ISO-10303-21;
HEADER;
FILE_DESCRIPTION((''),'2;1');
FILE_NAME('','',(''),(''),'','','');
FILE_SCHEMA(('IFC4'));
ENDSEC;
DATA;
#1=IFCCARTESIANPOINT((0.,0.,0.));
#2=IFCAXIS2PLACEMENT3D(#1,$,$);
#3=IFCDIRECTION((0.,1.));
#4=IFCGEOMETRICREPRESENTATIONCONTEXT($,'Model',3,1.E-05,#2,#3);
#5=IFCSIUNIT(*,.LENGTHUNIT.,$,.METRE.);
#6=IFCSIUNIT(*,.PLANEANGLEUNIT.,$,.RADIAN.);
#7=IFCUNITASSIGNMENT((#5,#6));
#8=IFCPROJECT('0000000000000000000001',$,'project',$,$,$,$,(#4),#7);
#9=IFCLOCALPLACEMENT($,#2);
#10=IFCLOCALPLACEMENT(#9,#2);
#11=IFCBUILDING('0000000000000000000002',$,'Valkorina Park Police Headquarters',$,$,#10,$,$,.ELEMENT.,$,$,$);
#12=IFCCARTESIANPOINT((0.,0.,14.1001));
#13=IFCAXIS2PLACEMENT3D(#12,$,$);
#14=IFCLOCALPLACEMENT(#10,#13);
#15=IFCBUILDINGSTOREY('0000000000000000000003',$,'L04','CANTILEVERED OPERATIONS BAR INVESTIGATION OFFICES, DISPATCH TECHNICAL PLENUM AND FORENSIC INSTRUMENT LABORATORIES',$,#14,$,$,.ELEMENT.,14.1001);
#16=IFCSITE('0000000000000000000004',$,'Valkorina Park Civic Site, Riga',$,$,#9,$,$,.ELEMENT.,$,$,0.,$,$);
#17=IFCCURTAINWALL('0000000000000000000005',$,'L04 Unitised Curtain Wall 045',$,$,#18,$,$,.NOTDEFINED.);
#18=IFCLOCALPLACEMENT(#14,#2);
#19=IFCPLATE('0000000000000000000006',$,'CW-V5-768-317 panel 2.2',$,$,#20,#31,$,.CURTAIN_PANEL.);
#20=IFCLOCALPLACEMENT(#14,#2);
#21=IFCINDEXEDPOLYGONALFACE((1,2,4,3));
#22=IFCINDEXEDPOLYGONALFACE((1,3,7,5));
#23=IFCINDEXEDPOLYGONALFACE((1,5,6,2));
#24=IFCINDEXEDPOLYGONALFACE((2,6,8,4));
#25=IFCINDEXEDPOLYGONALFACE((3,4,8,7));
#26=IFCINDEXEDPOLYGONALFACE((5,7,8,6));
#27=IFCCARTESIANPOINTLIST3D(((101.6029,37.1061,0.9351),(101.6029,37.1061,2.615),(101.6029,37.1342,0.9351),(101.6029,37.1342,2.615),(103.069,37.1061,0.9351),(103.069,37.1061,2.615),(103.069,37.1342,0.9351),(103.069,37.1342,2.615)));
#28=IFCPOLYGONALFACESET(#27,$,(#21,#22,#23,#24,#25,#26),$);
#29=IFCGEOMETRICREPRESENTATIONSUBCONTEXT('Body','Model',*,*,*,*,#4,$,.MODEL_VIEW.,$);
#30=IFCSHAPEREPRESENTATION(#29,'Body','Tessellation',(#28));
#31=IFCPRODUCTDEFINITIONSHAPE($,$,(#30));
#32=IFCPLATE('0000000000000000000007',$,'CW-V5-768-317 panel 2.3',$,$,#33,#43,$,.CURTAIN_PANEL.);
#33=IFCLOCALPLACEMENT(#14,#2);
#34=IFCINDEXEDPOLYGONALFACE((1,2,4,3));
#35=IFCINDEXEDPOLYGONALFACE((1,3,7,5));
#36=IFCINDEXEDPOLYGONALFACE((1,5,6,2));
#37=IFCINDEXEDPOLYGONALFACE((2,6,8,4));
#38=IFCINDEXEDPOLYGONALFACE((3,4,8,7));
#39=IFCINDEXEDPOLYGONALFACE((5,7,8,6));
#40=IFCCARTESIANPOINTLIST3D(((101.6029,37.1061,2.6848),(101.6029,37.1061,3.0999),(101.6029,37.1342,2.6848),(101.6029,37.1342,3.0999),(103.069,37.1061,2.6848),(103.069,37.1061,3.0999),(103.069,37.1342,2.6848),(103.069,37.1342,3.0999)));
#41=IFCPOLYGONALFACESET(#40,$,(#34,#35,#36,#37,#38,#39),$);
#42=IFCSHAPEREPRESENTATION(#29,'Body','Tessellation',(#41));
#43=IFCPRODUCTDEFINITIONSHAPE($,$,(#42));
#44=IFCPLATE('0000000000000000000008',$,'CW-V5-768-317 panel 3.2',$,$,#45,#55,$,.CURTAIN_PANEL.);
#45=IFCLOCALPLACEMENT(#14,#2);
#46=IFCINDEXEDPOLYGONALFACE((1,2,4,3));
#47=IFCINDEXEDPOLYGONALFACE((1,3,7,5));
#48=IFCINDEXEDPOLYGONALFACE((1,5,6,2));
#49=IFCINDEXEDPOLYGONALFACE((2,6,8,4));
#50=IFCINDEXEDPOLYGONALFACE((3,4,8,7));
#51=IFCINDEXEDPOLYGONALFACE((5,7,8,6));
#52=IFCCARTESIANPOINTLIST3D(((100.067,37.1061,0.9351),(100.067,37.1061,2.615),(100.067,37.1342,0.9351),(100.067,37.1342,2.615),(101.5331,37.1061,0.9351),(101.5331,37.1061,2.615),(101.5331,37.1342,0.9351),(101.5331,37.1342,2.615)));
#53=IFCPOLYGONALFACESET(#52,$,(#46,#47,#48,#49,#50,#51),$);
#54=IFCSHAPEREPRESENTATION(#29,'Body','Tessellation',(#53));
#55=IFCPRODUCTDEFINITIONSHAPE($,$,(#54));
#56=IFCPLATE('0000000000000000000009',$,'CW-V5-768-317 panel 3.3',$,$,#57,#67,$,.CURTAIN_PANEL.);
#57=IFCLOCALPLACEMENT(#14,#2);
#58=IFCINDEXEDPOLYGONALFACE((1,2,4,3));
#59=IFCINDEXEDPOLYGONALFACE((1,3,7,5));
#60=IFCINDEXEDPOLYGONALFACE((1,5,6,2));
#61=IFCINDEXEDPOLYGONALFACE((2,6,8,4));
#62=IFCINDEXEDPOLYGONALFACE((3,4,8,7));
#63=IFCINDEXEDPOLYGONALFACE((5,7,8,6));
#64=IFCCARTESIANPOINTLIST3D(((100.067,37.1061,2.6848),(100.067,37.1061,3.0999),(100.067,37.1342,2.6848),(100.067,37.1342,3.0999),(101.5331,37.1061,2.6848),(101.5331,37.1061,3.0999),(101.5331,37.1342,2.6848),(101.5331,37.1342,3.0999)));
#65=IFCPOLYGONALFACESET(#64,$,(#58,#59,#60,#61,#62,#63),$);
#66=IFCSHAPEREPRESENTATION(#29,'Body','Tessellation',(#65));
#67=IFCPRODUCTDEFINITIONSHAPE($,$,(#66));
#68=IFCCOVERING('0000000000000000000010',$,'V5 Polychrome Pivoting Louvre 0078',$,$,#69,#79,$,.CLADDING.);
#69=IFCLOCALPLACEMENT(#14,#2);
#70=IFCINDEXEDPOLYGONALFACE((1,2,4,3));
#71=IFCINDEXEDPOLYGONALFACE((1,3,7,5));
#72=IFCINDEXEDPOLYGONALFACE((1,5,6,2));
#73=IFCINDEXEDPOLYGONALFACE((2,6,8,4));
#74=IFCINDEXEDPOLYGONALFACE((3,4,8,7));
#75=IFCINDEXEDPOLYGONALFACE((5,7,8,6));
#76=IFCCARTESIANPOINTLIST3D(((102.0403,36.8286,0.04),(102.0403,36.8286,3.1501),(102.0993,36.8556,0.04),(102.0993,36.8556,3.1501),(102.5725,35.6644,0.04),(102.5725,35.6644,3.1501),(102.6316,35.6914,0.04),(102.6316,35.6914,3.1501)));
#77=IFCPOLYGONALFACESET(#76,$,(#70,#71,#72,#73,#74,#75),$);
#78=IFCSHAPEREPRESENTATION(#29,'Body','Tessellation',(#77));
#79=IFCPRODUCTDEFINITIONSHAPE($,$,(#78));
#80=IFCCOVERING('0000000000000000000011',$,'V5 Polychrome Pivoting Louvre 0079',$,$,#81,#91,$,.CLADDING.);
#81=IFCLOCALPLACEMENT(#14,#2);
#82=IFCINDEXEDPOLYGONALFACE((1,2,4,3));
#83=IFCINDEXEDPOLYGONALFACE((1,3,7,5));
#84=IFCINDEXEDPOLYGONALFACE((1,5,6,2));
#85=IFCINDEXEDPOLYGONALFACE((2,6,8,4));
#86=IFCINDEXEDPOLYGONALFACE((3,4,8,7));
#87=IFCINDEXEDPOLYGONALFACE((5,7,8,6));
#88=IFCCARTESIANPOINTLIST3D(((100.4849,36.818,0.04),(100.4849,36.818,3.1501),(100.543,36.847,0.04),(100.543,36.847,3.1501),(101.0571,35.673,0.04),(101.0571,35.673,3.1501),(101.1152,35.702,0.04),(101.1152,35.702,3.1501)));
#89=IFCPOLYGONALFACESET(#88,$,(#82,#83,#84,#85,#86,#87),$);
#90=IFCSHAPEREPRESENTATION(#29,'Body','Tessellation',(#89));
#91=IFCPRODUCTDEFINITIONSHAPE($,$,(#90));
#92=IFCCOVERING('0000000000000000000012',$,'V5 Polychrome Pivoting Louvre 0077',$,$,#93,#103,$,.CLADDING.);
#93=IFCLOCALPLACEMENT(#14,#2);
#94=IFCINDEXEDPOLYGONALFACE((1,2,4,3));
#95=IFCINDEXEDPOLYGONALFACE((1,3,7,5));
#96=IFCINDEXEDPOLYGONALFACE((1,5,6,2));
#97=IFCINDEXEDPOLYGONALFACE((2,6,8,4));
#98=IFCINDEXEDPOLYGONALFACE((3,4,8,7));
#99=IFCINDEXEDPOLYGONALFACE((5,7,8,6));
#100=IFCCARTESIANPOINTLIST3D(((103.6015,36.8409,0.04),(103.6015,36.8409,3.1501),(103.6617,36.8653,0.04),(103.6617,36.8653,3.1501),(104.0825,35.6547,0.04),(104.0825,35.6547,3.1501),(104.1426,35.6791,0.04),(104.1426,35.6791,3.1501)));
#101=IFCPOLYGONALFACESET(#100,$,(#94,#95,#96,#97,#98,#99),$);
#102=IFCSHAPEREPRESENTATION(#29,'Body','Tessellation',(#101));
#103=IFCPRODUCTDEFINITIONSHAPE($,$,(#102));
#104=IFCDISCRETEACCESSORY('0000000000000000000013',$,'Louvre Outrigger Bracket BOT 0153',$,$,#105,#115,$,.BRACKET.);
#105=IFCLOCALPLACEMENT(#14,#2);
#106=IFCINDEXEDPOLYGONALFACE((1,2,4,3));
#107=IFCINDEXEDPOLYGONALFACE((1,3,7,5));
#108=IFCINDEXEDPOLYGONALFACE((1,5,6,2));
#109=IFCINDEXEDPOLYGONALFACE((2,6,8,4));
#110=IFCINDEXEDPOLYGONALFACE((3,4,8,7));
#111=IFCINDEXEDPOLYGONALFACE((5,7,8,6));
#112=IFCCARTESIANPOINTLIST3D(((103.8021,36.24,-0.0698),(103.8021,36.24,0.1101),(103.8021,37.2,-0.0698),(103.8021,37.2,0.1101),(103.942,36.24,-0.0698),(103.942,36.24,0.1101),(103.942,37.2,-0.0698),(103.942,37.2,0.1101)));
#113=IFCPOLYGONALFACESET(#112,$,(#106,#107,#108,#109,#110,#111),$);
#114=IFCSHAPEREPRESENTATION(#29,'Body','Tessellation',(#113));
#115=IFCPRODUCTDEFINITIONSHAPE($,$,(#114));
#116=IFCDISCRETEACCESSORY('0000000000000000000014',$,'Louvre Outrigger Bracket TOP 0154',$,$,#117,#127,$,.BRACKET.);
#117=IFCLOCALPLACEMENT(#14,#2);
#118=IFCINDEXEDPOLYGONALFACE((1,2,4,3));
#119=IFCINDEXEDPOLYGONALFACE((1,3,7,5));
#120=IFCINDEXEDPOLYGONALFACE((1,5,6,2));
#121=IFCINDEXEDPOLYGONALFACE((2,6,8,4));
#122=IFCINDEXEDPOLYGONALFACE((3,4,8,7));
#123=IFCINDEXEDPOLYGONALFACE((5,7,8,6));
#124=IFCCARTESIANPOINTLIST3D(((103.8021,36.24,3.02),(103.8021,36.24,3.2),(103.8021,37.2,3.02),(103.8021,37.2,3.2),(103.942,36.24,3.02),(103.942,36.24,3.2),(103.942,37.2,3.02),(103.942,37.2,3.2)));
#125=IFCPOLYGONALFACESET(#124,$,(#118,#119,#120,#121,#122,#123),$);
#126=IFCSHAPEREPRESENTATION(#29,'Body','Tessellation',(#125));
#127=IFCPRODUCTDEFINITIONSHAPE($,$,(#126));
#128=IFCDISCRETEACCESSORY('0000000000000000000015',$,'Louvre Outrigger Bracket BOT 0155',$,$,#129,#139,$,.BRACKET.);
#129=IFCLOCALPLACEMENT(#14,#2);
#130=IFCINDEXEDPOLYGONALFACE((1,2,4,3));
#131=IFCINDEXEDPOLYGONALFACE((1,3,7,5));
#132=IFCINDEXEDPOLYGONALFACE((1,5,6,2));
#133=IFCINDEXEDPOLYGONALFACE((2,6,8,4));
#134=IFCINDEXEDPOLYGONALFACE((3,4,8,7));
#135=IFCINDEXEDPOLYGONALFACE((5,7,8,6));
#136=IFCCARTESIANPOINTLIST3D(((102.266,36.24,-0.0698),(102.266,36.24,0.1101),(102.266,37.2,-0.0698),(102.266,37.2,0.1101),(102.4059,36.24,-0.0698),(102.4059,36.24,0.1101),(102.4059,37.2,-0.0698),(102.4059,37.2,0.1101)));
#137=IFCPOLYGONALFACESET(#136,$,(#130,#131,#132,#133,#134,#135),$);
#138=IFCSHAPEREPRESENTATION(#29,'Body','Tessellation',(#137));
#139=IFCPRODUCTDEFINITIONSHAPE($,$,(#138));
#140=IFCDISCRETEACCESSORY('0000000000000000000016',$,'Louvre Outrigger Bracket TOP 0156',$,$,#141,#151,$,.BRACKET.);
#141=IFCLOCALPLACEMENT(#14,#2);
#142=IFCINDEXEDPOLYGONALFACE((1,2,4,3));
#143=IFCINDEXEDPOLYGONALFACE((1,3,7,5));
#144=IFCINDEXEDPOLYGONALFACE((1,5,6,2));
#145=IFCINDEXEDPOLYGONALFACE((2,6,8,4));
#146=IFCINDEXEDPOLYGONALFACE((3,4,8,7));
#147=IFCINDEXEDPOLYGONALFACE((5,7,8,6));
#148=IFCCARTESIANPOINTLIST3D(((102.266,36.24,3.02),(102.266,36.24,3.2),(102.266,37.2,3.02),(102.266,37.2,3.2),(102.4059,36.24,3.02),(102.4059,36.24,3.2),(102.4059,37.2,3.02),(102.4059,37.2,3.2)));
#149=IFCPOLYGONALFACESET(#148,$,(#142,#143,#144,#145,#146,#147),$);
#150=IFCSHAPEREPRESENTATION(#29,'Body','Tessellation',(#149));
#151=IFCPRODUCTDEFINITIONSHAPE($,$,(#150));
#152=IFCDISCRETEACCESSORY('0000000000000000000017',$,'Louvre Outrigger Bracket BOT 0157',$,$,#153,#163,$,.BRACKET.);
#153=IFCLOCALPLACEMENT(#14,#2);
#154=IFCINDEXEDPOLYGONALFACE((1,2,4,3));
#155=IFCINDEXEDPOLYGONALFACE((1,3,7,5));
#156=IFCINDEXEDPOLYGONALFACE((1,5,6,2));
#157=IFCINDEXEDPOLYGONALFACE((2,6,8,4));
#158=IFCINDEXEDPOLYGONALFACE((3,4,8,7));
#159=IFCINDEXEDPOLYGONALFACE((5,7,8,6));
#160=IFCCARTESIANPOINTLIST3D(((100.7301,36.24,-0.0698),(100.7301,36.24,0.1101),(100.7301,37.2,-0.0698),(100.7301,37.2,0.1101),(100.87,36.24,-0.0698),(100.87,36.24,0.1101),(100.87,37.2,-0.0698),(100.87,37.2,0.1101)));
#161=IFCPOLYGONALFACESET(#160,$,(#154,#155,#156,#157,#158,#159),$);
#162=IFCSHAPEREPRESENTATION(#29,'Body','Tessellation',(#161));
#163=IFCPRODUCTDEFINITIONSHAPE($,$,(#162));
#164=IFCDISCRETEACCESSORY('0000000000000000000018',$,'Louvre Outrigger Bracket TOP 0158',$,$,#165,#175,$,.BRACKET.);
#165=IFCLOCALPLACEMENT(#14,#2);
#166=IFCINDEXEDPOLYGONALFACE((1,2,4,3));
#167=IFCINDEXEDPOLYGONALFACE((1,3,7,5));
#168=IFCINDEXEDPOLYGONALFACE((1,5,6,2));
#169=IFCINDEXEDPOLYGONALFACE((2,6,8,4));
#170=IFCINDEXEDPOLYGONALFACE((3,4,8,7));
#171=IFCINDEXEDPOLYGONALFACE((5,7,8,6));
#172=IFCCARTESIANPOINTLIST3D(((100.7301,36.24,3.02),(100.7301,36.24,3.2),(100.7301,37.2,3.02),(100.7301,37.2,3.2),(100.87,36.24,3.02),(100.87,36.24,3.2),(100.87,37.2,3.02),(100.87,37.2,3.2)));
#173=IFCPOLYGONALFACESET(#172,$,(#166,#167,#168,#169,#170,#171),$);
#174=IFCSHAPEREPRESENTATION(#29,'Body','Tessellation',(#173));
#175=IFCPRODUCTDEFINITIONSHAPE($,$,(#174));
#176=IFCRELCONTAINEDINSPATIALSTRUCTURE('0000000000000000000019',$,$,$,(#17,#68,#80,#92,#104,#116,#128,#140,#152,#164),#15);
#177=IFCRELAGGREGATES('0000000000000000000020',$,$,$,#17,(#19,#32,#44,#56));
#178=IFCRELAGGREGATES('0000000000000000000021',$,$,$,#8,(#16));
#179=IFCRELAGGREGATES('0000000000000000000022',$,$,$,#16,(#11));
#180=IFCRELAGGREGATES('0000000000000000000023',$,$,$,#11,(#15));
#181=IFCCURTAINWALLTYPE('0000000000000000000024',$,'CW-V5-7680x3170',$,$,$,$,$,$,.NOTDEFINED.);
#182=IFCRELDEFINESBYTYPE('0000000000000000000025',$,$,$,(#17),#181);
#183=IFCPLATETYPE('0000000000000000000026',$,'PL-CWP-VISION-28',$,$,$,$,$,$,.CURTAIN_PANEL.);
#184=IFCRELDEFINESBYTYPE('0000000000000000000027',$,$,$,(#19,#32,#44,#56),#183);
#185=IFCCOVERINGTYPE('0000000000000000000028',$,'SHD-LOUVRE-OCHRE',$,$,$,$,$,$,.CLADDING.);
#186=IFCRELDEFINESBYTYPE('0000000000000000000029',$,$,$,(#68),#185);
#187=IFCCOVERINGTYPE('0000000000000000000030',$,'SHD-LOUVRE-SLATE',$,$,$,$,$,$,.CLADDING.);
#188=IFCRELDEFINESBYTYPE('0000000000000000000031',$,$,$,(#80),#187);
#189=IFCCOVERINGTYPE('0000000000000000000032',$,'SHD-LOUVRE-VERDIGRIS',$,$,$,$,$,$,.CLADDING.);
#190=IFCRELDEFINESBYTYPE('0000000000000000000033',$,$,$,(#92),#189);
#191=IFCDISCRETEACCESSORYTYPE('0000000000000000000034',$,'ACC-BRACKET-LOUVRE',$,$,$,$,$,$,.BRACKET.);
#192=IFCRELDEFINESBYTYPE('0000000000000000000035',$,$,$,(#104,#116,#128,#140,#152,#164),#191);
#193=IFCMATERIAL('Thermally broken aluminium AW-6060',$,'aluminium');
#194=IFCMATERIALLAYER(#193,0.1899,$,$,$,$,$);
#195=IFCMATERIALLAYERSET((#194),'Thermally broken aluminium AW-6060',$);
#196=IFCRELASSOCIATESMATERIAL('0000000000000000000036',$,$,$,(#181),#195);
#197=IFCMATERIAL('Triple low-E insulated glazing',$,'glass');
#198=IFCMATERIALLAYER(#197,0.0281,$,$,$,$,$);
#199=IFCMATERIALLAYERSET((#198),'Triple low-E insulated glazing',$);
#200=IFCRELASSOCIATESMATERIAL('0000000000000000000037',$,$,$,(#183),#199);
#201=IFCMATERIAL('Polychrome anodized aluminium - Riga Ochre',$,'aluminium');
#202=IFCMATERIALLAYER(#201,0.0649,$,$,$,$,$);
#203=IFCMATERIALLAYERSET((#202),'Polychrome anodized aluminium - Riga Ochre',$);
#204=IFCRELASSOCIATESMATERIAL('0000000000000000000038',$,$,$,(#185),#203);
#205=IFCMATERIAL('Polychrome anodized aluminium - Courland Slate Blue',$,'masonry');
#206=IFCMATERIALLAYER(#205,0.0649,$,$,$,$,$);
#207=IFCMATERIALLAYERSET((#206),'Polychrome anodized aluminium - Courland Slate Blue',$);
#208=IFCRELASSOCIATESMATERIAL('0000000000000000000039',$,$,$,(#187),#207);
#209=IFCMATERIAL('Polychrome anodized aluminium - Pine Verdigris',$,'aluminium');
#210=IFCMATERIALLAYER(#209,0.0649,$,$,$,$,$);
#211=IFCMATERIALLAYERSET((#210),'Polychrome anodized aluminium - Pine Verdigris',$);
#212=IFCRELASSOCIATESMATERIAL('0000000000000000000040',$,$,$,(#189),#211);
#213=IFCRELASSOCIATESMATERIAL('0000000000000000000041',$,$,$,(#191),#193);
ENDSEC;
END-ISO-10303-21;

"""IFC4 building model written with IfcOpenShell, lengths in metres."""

from ifc_helpers import new_model, si_unit, direction, frame, origin, origin_2d, place, context, subcontext, project, spatial, rectangle, extrude, material, layer, layer_set, type_object, element, aggregate, save


model = new_model("IFC4")

# Units and contexts
model_context = context("Model", 3, precision=1e-05, world=origin(), true_north=direction((0.0, 1.0)))
body_context = subcontext(model_context, "Body", "Model", "MODEL_VIEW")
ifc_project = project(units=[si_unit("LENGTHUNIT", "METRE"), si_unit("PLANEANGLEUNIT", "RADIAN")], contexts=[model_context])

# Site, building, storey
site_placement = place(None, origin())
site = spatial("IfcSite", under=ifc_project, at=site_placement, Name="Valkorina Park Civic Site, Riga", CompositionType="ELEMENT", RefElevation=0.0)
building_placement = place(site_placement, origin())
building = spatial("IfcBuilding", under=site, at=building_placement, Name="Valkorina Park Police Headquarters", CompositionType="ELEMENT")
storey_placement = place(building_placement, frame((0.0, 0.0, 14.1001)))
storey = spatial("IfcBuildingStorey", under=building, at=storey_placement, Name="L04", Description="CANTILEVERED OPERATIONS BAR INVESTIGATION OFFICES, DISPATCH TECHNICAL PLENUM AND FORENSIC INSTRUMENT LABORATORIES", CompositionType="ELEMENT", Elevation=14.1001)

# Curtain wall, plates
ifc_material_1 = material(Name="Thermally broken aluminium AW-6060", Category="aluminium")
ifc_layer_1 = layer(ifc_material_1, 0.1899)
ifc_layer_set_1 = layer_set([ifc_layer_1], Name="Thermally broken aluminium AW-6060")
curtain_wall_type = type_object("IfcCurtainWallType", Name="CW-V5-7680x3170", PredefinedType="NOTDEFINED", material=ifc_layer_set_1)
curtain_wall_placement = place(storey_placement, origin())
curtain_wall = element("IfcCurtainWall", 1, at=curtain_wall_placement, inside=storey, type_object=curtain_wall_type, Name="L04 Unitised Curtain Wall 045", PredefinedType="NOTDEFINED")
ifc_material_2 = material(Name="Triple low-E insulated glazing", Category="glass")
ifc_layer_2 = layer(ifc_material_2, 0.0281)
ifc_layer_set_2 = layer_set([ifc_layer_2], Name="Triple low-E insulated glazing")
plate_type_1 = type_object("IfcPlateType", Name="PL-CWP-VISION-28", PredefinedType="CURTAIN_PANEL", material=ifc_layer_set_2)
plate_1_placement = place(storey_placement, frame((102.3359, 37.1201, 0.9351), z_axis=(0.0, 0.0, 1.0), x_axis=(-1.0, 0.0, 0.0)))
plate_1 = element("IfcPlate", 2, at=plate_1_placement, type_object=plate_type_1, Name="CW-V5-768-317 panel 2.2", PredefinedType="CURTAIN_PANEL", context=body_context, shape_type="SweptSolid", body=[
    extrude(rectangle(XDim=1.4661, YDim=0.0281, at=origin_2d()), origin(), (0.0, 0.0, 1.0), 1.6799),
])
plate_2_placement = place(storey_placement, frame((102.3359, 37.1201, 2.6848), z_axis=(0.0, 0.0, 1.0), x_axis=(-1.0, 0.0, 0.0)))
plate_2 = element("IfcPlate", 3, at=plate_2_placement, type_object=plate_type_1, Name="CW-V5-768-317 panel 2.3", PredefinedType="CURTAIN_PANEL", context=body_context, shape_type="SweptSolid", body=[
    extrude(rectangle(XDim=1.4661, YDim=0.0281, at=origin_2d()), origin(), (0.0, 0.0, 1.0), 0.415),
])
plate_3_placement = place(storey_placement, frame((100.8, 37.1201, 0.9351), z_axis=(0.0, 0.0, 1.0), x_axis=(-1.0, 0.0, 0.0)))
plate_3 = element("IfcPlate", 4, at=plate_3_placement, type_object=plate_type_1, Name="CW-V5-768-317 panel 3.2", PredefinedType="CURTAIN_PANEL", context=body_context, shape_type="SweptSolid", body=[
    extrude(rectangle(XDim=1.4661, YDim=0.0281, at=origin_2d()), origin(), (0.0, 0.0, 1.0), 1.6799),
])
plate_4_placement = place(storey_placement, frame((100.8, 37.1201, 2.6848), z_axis=(0.0, 0.0, 1.0), x_axis=(-1.0, 0.0, 0.0)))
plate_4 = element("IfcPlate", 5, at=plate_4_placement, type_object=plate_type_1, Name="CW-V5-768-317 panel 3.3", PredefinedType="CURTAIN_PANEL", context=body_context, shape_type="SweptSolid", body=[
    extrude(rectangle(XDim=1.4661, YDim=0.0281, at=origin_2d()), origin(), (0.0, 0.0, 1.0), 0.415),
])
aggregate(curtain_wall, [plate_1, plate_2, plate_3, plate_4])

# Coverings
ifc_material_3 = material(Name="Polychrome anodized aluminium - Riga Ochre", Category="aluminium")
ifc_layer_3 = layer(ifc_material_3, 0.0649)
ifc_layer_set_3 = layer_set([ifc_layer_3], Name="Polychrome anodized aluminium - Riga Ochre")
covering_type_1 = type_object("IfcCoveringType", Name="SHD-LOUVRE-OCHRE", PredefinedType="CLADDING", material=ifc_layer_set_3)
covering_1_placement = place(storey_placement, frame((102.3359, 36.26, 0.04), z_axis=(0.0, 0.0, 1.0), x_axis=(0.415805, -0.909454, 0.0)))
element("IfcCovering", 6, at=covering_1_placement, inside=storey, type_object=covering_type_1, Name="V5 Polychrome Pivoting Louvre 0078", PredefinedType="CLADDING", context=body_context, shape_type="SweptSolid", body=[
    extrude(rectangle(XDim=1.28, YDim=0.0649, at=origin_2d()), origin(), (0.0, 0.0, 1.0), 3.1101),
])
ifc_material_4 = material(Name="Polychrome anodized aluminium - Courland Slate Blue", Category="masonry")
ifc_layer_4 = layer(ifc_material_4, 0.0649)
ifc_layer_set_4 = layer_set([ifc_layer_4], Name="Polychrome anodized aluminium - Courland Slate Blue")
covering_type_2 = type_object("IfcCoveringType", Name="SHD-LOUVRE-SLATE", PredefinedType="CLADDING", material=ifc_layer_set_4)
covering_2_placement = place(storey_placement, frame((100.8, 36.26, 0.04), z_axis=(0.0, 0.0, 1.0), x_axis=(0.446979, -0.894545, 0.0)))
element("IfcCovering", 7, at=covering_2_placement, inside=storey, type_object=covering_type_2, Name="V5 Polychrome Pivoting Louvre 0079", PredefinedType="CLADDING", context=body_context, shape_type="SweptSolid", body=[
    extrude(rectangle(XDim=1.28, YDim=0.0649, at=origin_2d()), origin(), (0.0, 0.0, 1.0), 3.1101),
])
ifc_material_5 = material(Name="Polychrome anodized aluminium - Pine Verdigris", Category="aluminium")
ifc_layer_5 = layer(ifc_material_5, 0.0649)
ifc_layer_set_5 = layer_set([ifc_layer_5], Name="Polychrome anodized aluminium - Pine Verdigris")
covering_type_3 = type_object("IfcCoveringType", Name="SHD-LOUVRE-VERDIGRIS", PredefinedType="CLADDING", material=ifc_layer_set_5)
covering_3_placement = place(storey_placement, frame((103.8721, 36.26, 0.04), z_axis=(0.0, 0.0, 1.0), x_axis=(0.375739, -0.926725, 0.0)))
element("IfcCovering", 8, at=covering_3_placement, inside=storey, type_object=covering_type_3, Name="V5 Polychrome Pivoting Louvre 0077", PredefinedType="CLADDING", context=body_context, shape_type="SweptSolid", body=[
    extrude(rectangle(XDim=1.28, YDim=0.0649, at=origin_2d()), origin(), (0.0, 0.0, 1.0), 3.1101),
])

# Discrete accessories
discrete_accessory_type = type_object("IfcDiscreteAccessoryType", Name="ACC-BRACKET-LOUVRE", PredefinedType="BRACKET", material=ifc_material_1)
for number, where, z_axis, x_axis, name in (
    (9, (103.8721, 36.72, -0.0698), (0.0, 0.0, 1.0), (0.0, -1.0, 0.0), "Louvre Outrigger Bracket BOT 0153"),
    (10, (103.8721, 36.72, 3.02), (0.0, 0.0, 1.0), (0.0, -1.0, 0.0), "Louvre Outrigger Bracket TOP 0154"),
    (11, (102.3359, 36.72, -0.0698), (0.0, 0.0, 1.0), (0.0, -1.0, 0.0), "Louvre Outrigger Bracket BOT 0155"),
    (12, (102.3359, 36.72, 3.02), (0.0, 0.0, 1.0), (0.0, -1.0, 0.0), "Louvre Outrigger Bracket TOP 0156"),
    (13, (100.8, 36.72, -0.0698), (0.0, 0.0, 1.0), (0.0, -1.0, 0.0), "Louvre Outrigger Bracket BOT 0157"),
    (14, (100.8, 36.72, 3.02), (0.0, 0.0, 1.0), (0.0, -1.0, 0.0), "Louvre Outrigger Bracket TOP 0158"),
):
    element("IfcDiscreteAccessory", number, at=place(storey_placement, frame(where, z_axis=z_axis, x_axis=x_axis)), inside=storey, type_object=discrete_accessory_type, Name=name, PredefinedType="BRACKET", context=body_context, shape_type="SweptSolid", body=[
        extrude(rectangle(XDim=0.96, YDim=0.1399, at=origin_2d()), origin(), (0.0, 0.0, 1.0), 0.1799),
    ])

save(model, "model.ifc")
